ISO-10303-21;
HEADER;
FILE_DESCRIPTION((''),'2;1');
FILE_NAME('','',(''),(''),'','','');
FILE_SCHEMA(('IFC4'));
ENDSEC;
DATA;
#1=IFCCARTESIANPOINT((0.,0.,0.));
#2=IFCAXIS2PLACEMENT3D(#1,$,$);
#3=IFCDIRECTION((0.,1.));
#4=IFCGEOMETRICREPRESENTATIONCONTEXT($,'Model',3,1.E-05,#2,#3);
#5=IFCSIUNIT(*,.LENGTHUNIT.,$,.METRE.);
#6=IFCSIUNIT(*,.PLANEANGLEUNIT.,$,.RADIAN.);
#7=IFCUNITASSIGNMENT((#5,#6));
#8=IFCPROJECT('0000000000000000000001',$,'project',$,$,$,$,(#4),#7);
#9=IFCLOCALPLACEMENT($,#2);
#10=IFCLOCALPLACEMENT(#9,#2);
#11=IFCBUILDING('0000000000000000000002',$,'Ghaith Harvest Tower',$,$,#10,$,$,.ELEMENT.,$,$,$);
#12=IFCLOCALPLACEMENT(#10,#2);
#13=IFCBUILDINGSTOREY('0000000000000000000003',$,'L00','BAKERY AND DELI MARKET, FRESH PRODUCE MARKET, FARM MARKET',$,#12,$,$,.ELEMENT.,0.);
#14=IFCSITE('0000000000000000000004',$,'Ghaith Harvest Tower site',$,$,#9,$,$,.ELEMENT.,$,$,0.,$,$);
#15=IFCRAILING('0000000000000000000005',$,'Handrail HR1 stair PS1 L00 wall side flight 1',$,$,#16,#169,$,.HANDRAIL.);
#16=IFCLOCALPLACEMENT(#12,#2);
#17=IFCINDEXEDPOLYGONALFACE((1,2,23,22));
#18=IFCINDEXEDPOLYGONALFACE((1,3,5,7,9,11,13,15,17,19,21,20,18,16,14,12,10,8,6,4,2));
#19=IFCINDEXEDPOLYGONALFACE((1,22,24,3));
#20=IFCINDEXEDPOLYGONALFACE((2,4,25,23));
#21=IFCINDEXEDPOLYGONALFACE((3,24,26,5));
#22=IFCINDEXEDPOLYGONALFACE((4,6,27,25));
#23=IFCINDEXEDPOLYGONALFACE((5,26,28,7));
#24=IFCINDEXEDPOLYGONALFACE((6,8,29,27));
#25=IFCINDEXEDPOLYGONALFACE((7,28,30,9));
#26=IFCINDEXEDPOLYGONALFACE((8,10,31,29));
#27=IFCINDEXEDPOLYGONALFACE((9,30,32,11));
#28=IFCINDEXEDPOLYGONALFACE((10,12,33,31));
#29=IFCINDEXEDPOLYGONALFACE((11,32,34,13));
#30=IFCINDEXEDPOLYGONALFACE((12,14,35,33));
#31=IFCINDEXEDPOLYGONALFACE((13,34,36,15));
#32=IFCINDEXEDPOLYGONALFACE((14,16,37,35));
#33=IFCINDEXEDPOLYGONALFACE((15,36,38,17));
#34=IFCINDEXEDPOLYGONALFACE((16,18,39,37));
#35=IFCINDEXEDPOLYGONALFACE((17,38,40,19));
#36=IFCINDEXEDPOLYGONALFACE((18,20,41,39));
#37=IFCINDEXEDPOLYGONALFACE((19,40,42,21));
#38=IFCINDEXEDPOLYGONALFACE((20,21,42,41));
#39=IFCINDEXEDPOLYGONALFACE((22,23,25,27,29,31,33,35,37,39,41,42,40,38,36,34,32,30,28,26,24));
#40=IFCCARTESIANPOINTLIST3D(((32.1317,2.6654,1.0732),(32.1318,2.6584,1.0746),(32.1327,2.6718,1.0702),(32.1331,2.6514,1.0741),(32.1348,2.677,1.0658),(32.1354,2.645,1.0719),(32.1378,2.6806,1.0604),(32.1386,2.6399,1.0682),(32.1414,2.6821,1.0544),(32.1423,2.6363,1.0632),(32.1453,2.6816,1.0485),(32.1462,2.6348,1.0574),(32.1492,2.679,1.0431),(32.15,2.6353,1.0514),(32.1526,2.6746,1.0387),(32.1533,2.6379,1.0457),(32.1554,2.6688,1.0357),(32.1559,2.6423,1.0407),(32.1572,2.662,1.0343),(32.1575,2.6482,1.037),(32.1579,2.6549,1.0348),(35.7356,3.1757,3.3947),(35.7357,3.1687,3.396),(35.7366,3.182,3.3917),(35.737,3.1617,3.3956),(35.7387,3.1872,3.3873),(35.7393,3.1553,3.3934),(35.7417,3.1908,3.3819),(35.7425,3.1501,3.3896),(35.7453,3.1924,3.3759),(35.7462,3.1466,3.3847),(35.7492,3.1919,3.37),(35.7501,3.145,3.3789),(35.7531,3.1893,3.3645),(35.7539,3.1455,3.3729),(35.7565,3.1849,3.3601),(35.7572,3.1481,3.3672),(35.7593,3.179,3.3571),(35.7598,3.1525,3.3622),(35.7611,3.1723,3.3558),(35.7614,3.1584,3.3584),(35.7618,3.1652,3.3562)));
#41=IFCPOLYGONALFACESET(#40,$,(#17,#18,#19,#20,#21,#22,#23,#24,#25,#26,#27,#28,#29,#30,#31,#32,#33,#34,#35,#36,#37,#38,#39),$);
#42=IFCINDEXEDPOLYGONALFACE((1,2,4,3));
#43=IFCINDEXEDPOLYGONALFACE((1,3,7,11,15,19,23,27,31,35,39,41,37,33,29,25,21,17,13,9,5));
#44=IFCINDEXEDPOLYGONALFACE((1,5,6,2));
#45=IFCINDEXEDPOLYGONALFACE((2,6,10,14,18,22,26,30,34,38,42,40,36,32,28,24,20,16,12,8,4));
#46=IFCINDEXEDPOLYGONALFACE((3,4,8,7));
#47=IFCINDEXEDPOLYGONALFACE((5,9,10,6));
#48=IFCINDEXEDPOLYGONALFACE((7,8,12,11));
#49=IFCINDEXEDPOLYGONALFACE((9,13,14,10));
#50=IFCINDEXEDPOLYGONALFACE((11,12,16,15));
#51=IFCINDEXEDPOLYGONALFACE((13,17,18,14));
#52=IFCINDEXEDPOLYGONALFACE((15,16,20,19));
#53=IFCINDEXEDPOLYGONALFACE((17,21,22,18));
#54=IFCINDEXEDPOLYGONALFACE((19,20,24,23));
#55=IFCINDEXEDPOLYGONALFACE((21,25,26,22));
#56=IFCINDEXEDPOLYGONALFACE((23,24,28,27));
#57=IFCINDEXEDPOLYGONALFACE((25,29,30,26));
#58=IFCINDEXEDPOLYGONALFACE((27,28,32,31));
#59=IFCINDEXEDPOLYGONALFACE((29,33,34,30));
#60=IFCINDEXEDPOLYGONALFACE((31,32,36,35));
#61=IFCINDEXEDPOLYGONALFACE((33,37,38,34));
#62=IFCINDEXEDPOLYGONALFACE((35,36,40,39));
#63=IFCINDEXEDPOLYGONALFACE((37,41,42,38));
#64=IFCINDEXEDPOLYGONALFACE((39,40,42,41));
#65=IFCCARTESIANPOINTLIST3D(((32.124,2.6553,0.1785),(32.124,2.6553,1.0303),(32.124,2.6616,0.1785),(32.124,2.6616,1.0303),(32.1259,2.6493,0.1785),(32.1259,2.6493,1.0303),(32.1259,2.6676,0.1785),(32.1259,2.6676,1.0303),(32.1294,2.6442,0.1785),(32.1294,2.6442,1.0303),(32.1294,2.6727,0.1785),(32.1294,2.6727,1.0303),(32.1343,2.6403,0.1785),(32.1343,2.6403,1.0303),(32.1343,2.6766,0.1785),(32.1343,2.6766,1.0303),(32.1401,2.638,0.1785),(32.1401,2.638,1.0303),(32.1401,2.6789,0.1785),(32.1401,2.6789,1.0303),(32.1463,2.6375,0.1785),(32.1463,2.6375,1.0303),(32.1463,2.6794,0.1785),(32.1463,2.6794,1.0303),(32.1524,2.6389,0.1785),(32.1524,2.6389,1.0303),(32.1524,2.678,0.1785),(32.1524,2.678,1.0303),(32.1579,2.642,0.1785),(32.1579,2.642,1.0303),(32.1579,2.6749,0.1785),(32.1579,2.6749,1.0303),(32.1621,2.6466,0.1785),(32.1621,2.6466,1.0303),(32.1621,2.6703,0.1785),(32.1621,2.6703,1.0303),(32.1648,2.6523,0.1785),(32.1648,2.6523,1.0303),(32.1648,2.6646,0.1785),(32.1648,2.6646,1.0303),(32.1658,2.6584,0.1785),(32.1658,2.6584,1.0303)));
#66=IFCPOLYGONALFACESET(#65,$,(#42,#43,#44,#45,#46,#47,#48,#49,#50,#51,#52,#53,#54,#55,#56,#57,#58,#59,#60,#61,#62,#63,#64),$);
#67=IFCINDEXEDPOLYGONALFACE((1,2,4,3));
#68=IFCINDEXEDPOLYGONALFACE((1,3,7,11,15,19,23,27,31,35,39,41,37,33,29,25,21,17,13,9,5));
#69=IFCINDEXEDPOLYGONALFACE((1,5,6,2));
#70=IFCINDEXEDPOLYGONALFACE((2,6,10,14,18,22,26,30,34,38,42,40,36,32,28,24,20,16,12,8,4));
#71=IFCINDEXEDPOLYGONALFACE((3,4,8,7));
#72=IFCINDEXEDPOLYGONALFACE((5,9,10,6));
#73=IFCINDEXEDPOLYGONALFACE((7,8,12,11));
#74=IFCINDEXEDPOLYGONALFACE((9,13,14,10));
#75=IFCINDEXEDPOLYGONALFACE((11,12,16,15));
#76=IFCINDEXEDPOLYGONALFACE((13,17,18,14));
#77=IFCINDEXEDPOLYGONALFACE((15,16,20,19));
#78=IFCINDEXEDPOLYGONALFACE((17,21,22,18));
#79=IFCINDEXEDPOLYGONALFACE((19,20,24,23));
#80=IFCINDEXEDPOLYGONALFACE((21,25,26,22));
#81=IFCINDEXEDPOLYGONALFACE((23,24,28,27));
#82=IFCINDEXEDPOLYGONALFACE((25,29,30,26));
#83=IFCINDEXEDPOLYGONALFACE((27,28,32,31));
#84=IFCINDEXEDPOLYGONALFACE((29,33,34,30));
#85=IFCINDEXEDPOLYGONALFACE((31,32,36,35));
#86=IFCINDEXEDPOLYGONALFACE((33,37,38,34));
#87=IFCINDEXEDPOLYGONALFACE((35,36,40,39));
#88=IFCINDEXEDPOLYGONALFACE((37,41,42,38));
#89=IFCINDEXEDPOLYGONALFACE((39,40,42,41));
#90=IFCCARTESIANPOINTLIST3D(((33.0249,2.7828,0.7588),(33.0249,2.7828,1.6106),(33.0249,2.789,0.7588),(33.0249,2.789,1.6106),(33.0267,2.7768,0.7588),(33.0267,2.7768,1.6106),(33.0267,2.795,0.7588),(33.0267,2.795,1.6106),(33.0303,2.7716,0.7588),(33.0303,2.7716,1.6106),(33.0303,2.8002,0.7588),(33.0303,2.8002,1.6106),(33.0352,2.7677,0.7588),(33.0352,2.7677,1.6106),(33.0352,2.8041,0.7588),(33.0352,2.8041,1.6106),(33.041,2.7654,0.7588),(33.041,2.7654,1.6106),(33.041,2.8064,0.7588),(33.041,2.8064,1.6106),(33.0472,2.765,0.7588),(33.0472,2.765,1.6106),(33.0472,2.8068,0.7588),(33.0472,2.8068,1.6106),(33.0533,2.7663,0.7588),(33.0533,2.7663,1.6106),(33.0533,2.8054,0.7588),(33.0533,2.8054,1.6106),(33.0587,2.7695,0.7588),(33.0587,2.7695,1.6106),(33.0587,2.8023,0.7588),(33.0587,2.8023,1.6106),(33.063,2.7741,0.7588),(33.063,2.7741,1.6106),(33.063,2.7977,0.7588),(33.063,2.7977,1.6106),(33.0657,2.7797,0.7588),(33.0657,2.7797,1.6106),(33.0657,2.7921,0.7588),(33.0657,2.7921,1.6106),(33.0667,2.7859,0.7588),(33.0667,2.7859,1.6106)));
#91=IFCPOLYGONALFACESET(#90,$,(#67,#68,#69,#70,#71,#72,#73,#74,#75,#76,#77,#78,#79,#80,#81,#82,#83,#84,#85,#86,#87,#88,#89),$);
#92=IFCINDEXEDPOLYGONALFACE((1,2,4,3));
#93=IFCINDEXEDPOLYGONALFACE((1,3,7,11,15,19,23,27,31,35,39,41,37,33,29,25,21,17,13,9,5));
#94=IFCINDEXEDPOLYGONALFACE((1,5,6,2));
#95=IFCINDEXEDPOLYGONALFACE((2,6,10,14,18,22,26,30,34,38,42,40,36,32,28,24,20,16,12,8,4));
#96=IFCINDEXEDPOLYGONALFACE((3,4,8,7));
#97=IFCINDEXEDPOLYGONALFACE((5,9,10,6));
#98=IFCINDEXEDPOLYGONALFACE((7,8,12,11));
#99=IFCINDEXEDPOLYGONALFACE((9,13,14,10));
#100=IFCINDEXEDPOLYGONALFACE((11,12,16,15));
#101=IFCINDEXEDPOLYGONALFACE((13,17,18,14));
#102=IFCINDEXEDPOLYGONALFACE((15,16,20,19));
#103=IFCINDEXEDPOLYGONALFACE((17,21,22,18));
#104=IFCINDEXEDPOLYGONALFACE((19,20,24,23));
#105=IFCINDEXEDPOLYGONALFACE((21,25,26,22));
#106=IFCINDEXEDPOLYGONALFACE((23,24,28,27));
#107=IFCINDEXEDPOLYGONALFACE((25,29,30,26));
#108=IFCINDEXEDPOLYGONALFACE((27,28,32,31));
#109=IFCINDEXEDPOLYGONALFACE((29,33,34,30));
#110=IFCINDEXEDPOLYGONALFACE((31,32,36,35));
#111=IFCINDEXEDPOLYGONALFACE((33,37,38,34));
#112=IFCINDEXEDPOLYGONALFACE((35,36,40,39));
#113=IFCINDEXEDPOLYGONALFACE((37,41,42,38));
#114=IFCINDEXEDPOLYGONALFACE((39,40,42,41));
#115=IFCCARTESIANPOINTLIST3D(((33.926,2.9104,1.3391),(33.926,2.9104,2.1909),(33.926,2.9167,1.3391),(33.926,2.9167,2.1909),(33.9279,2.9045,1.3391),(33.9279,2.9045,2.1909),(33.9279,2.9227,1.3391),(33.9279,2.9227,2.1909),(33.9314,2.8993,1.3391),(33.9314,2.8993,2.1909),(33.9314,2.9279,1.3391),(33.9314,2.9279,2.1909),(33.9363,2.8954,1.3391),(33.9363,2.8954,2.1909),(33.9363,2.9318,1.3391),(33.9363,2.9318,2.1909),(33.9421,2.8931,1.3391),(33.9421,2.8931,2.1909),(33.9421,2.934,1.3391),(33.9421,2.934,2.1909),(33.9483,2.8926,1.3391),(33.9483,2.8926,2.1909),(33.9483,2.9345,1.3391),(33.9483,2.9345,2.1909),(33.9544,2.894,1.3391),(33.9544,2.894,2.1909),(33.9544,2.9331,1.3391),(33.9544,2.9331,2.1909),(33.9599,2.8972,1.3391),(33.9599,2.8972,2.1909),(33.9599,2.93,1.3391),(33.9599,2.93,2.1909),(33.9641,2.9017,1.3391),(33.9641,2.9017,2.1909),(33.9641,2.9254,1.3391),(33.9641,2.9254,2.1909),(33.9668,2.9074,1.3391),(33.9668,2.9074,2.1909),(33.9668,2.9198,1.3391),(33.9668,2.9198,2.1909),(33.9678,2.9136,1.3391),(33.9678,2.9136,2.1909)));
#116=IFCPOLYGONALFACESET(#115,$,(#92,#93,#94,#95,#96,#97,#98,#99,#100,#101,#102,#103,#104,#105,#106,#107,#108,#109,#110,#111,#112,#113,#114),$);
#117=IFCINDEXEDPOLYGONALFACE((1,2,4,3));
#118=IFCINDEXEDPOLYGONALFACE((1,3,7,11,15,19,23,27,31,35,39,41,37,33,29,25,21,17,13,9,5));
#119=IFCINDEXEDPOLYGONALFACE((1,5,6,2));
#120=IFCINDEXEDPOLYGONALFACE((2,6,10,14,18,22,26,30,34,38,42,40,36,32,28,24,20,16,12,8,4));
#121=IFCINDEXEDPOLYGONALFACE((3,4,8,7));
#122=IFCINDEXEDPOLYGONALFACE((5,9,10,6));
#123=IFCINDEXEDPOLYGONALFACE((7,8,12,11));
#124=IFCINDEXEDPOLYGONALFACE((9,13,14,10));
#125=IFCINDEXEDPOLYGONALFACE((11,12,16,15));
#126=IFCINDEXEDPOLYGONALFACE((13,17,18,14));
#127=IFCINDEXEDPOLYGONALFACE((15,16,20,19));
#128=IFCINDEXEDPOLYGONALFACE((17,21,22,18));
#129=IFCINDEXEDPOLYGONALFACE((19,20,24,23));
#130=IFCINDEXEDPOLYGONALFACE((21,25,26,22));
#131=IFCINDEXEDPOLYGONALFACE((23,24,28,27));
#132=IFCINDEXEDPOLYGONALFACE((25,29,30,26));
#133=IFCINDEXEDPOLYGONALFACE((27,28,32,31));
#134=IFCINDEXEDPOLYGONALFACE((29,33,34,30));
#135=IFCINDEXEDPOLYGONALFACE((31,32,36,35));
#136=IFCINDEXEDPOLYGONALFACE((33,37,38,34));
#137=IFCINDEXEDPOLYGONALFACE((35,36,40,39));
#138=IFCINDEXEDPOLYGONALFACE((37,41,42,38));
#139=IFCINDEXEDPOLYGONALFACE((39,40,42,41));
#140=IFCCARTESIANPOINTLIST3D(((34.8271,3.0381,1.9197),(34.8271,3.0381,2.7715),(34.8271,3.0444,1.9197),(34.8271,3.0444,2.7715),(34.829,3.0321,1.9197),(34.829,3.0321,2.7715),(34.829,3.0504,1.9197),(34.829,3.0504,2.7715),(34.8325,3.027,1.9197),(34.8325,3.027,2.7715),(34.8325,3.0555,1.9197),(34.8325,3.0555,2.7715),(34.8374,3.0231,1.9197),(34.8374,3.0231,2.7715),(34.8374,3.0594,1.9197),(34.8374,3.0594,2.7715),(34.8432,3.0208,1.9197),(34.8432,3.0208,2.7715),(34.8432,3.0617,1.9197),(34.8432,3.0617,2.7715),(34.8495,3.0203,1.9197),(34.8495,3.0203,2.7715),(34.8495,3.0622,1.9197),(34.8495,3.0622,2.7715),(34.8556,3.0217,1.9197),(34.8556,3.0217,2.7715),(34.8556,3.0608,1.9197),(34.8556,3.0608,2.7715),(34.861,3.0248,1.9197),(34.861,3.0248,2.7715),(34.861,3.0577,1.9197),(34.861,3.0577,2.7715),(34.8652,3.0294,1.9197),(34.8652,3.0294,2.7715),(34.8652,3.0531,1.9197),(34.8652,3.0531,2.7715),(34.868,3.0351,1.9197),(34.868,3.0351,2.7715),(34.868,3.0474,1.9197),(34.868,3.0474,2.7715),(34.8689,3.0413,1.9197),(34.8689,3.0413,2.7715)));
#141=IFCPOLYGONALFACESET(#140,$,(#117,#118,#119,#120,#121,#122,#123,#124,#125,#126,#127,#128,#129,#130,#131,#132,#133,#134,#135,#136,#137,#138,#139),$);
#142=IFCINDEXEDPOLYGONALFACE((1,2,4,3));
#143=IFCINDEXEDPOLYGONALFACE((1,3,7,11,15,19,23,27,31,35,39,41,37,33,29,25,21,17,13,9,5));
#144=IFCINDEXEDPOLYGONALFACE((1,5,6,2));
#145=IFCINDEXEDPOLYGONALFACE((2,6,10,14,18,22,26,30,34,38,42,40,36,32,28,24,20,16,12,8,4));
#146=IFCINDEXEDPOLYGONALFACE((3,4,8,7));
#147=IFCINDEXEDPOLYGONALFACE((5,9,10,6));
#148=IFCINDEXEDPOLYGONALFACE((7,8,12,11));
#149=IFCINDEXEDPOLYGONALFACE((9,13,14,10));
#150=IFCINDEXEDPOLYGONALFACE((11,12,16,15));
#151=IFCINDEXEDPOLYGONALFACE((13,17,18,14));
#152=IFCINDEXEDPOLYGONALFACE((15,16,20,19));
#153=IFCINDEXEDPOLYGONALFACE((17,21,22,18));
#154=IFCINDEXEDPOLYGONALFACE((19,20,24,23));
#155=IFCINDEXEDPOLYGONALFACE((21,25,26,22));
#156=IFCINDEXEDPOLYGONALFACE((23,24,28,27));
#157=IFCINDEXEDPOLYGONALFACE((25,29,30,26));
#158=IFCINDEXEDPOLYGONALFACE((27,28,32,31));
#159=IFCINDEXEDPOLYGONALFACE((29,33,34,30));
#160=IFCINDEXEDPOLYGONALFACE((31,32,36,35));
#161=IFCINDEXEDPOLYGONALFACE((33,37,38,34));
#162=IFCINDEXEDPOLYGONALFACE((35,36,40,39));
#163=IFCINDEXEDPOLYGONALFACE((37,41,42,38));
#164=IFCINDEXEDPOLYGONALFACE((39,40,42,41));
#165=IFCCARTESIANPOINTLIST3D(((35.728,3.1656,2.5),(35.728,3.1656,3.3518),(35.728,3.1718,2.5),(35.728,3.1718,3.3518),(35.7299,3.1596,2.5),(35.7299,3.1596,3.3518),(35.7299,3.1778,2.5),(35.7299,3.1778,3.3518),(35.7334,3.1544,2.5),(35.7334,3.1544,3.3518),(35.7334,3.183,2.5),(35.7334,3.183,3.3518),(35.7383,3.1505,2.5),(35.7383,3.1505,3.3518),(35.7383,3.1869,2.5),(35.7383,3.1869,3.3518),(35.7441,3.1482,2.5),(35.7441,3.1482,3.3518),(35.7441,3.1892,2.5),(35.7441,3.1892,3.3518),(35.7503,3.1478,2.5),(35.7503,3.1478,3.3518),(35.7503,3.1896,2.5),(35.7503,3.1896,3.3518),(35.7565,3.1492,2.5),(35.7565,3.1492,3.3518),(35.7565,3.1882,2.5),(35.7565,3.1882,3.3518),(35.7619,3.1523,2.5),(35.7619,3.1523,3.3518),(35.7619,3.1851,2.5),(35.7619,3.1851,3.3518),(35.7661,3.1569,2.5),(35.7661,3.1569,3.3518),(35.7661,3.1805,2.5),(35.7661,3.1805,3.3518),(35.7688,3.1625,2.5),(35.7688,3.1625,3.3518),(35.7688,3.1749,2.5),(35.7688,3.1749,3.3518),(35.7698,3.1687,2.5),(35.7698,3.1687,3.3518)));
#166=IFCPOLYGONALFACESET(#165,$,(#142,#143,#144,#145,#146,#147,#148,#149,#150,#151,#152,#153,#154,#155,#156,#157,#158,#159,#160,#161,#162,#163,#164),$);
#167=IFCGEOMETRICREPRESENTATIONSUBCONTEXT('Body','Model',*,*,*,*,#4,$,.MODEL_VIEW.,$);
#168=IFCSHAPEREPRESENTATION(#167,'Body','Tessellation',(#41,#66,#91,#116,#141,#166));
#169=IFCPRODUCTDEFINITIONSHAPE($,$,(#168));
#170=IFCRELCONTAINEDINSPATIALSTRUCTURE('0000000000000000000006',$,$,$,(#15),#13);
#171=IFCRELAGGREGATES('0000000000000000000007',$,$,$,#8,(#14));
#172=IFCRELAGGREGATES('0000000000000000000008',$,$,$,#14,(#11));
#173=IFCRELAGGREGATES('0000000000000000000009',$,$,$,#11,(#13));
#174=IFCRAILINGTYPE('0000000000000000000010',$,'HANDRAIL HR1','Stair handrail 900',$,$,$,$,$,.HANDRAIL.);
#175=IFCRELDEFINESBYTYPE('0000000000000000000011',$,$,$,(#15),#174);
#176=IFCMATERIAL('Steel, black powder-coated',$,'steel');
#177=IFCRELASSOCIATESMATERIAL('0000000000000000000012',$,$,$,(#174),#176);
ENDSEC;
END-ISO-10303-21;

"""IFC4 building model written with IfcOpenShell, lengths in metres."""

from ifc_helpers import new_model, si_unit, direction, frame, origin, origin_2d, place, context, subcontext, project, spatial, circle, extrude, material, type_object, element, save


model = new_model("IFC4")

# Units and contexts
model_context = context("Model", 3, precision=1e-05, world=origin(), true_north=direction((0.0, 1.0)))
body_context = subcontext(model_context, "Body", "Model", "MODEL_VIEW")
ifc_project = project(units=[si_unit("LENGTHUNIT", "METRE"), si_unit("PLANEANGLEUNIT", "RADIAN")], contexts=[model_context])

# Site, building, storey
site_placement = place(None, origin())
site = spatial("IfcSite", under=ifc_project, at=site_placement, Name="Ghaith Harvest Tower site", CompositionType="ELEMENT", RefElevation=0.0)
building_placement = place(site_placement, origin())
building = spatial("IfcBuilding", under=site, at=building_placement, Name="Ghaith Harvest Tower", CompositionType="ELEMENT")
storey_placement = place(building_placement, origin())
storey = spatial("IfcBuildingStorey", under=building, at=storey_placement, Name="L00", Description="BAKERY AND DELI MARKET, FRESH PRODUCE MARKET, FARM MARKET", CompositionType="ELEMENT", Elevation=0.0)

# Railing
ifc_material_1 = material(Name="Steel, black powder-coated", Category="steel")
railing_type = type_object("IfcRailingType", Name="HANDRAIL HR1", Description="Stair handrail 900", PredefinedType="HANDRAIL", material=ifc_material_1)
railing_1_placement = place(storey_placement, frame((32.1448, 2.6584, 0.1785)))
element("IfcRailing", 1, at=railing_1_placement, inside=storey, type_object=railing_type, Name="Handrail HR1 stair PS1 L00 wall side flight 1", PredefinedType="HANDRAIL", context=body_context, shape_type="SweptSolid", body=[
    extrude(circle(Radius=0.0239, at=origin_2d()), frame((0.0, 0.0, 0.876), z_axis=(0.83479, 0.118189, 0.537733), x_axis=(-0.140182, 0.990126, 0.0)), (0.0, 0.0, 1.0), 4.3171),
    extrude(circle(Radius=0.021, at=origin_2d()), origin(), (0.0, 0.0, 1.0), 0.8518),
    extrude(circle(Radius=0.021, at=origin_2d()), frame((0.9009, 0.1274, 0.5803)), (0.0, 0.0, 1.0), 0.8518),
    extrude(circle(Radius=0.021, at=origin_2d()), frame((1.802, 0.2551, 1.1606)), (0.0, 0.0, 1.0), 0.8518),
    extrude(circle(Radius=0.021, at=origin_2d()), frame((2.7031, 0.3828, 1.7412)), (0.0, 0.0, 1.0), 0.8518),
    extrude(circle(Radius=0.021, at=origin_2d()), frame((3.604, 0.5103, 2.3215)), (0.0, 0.0, 1.0), 0.8518),
])

save(model, "model.ifc")
